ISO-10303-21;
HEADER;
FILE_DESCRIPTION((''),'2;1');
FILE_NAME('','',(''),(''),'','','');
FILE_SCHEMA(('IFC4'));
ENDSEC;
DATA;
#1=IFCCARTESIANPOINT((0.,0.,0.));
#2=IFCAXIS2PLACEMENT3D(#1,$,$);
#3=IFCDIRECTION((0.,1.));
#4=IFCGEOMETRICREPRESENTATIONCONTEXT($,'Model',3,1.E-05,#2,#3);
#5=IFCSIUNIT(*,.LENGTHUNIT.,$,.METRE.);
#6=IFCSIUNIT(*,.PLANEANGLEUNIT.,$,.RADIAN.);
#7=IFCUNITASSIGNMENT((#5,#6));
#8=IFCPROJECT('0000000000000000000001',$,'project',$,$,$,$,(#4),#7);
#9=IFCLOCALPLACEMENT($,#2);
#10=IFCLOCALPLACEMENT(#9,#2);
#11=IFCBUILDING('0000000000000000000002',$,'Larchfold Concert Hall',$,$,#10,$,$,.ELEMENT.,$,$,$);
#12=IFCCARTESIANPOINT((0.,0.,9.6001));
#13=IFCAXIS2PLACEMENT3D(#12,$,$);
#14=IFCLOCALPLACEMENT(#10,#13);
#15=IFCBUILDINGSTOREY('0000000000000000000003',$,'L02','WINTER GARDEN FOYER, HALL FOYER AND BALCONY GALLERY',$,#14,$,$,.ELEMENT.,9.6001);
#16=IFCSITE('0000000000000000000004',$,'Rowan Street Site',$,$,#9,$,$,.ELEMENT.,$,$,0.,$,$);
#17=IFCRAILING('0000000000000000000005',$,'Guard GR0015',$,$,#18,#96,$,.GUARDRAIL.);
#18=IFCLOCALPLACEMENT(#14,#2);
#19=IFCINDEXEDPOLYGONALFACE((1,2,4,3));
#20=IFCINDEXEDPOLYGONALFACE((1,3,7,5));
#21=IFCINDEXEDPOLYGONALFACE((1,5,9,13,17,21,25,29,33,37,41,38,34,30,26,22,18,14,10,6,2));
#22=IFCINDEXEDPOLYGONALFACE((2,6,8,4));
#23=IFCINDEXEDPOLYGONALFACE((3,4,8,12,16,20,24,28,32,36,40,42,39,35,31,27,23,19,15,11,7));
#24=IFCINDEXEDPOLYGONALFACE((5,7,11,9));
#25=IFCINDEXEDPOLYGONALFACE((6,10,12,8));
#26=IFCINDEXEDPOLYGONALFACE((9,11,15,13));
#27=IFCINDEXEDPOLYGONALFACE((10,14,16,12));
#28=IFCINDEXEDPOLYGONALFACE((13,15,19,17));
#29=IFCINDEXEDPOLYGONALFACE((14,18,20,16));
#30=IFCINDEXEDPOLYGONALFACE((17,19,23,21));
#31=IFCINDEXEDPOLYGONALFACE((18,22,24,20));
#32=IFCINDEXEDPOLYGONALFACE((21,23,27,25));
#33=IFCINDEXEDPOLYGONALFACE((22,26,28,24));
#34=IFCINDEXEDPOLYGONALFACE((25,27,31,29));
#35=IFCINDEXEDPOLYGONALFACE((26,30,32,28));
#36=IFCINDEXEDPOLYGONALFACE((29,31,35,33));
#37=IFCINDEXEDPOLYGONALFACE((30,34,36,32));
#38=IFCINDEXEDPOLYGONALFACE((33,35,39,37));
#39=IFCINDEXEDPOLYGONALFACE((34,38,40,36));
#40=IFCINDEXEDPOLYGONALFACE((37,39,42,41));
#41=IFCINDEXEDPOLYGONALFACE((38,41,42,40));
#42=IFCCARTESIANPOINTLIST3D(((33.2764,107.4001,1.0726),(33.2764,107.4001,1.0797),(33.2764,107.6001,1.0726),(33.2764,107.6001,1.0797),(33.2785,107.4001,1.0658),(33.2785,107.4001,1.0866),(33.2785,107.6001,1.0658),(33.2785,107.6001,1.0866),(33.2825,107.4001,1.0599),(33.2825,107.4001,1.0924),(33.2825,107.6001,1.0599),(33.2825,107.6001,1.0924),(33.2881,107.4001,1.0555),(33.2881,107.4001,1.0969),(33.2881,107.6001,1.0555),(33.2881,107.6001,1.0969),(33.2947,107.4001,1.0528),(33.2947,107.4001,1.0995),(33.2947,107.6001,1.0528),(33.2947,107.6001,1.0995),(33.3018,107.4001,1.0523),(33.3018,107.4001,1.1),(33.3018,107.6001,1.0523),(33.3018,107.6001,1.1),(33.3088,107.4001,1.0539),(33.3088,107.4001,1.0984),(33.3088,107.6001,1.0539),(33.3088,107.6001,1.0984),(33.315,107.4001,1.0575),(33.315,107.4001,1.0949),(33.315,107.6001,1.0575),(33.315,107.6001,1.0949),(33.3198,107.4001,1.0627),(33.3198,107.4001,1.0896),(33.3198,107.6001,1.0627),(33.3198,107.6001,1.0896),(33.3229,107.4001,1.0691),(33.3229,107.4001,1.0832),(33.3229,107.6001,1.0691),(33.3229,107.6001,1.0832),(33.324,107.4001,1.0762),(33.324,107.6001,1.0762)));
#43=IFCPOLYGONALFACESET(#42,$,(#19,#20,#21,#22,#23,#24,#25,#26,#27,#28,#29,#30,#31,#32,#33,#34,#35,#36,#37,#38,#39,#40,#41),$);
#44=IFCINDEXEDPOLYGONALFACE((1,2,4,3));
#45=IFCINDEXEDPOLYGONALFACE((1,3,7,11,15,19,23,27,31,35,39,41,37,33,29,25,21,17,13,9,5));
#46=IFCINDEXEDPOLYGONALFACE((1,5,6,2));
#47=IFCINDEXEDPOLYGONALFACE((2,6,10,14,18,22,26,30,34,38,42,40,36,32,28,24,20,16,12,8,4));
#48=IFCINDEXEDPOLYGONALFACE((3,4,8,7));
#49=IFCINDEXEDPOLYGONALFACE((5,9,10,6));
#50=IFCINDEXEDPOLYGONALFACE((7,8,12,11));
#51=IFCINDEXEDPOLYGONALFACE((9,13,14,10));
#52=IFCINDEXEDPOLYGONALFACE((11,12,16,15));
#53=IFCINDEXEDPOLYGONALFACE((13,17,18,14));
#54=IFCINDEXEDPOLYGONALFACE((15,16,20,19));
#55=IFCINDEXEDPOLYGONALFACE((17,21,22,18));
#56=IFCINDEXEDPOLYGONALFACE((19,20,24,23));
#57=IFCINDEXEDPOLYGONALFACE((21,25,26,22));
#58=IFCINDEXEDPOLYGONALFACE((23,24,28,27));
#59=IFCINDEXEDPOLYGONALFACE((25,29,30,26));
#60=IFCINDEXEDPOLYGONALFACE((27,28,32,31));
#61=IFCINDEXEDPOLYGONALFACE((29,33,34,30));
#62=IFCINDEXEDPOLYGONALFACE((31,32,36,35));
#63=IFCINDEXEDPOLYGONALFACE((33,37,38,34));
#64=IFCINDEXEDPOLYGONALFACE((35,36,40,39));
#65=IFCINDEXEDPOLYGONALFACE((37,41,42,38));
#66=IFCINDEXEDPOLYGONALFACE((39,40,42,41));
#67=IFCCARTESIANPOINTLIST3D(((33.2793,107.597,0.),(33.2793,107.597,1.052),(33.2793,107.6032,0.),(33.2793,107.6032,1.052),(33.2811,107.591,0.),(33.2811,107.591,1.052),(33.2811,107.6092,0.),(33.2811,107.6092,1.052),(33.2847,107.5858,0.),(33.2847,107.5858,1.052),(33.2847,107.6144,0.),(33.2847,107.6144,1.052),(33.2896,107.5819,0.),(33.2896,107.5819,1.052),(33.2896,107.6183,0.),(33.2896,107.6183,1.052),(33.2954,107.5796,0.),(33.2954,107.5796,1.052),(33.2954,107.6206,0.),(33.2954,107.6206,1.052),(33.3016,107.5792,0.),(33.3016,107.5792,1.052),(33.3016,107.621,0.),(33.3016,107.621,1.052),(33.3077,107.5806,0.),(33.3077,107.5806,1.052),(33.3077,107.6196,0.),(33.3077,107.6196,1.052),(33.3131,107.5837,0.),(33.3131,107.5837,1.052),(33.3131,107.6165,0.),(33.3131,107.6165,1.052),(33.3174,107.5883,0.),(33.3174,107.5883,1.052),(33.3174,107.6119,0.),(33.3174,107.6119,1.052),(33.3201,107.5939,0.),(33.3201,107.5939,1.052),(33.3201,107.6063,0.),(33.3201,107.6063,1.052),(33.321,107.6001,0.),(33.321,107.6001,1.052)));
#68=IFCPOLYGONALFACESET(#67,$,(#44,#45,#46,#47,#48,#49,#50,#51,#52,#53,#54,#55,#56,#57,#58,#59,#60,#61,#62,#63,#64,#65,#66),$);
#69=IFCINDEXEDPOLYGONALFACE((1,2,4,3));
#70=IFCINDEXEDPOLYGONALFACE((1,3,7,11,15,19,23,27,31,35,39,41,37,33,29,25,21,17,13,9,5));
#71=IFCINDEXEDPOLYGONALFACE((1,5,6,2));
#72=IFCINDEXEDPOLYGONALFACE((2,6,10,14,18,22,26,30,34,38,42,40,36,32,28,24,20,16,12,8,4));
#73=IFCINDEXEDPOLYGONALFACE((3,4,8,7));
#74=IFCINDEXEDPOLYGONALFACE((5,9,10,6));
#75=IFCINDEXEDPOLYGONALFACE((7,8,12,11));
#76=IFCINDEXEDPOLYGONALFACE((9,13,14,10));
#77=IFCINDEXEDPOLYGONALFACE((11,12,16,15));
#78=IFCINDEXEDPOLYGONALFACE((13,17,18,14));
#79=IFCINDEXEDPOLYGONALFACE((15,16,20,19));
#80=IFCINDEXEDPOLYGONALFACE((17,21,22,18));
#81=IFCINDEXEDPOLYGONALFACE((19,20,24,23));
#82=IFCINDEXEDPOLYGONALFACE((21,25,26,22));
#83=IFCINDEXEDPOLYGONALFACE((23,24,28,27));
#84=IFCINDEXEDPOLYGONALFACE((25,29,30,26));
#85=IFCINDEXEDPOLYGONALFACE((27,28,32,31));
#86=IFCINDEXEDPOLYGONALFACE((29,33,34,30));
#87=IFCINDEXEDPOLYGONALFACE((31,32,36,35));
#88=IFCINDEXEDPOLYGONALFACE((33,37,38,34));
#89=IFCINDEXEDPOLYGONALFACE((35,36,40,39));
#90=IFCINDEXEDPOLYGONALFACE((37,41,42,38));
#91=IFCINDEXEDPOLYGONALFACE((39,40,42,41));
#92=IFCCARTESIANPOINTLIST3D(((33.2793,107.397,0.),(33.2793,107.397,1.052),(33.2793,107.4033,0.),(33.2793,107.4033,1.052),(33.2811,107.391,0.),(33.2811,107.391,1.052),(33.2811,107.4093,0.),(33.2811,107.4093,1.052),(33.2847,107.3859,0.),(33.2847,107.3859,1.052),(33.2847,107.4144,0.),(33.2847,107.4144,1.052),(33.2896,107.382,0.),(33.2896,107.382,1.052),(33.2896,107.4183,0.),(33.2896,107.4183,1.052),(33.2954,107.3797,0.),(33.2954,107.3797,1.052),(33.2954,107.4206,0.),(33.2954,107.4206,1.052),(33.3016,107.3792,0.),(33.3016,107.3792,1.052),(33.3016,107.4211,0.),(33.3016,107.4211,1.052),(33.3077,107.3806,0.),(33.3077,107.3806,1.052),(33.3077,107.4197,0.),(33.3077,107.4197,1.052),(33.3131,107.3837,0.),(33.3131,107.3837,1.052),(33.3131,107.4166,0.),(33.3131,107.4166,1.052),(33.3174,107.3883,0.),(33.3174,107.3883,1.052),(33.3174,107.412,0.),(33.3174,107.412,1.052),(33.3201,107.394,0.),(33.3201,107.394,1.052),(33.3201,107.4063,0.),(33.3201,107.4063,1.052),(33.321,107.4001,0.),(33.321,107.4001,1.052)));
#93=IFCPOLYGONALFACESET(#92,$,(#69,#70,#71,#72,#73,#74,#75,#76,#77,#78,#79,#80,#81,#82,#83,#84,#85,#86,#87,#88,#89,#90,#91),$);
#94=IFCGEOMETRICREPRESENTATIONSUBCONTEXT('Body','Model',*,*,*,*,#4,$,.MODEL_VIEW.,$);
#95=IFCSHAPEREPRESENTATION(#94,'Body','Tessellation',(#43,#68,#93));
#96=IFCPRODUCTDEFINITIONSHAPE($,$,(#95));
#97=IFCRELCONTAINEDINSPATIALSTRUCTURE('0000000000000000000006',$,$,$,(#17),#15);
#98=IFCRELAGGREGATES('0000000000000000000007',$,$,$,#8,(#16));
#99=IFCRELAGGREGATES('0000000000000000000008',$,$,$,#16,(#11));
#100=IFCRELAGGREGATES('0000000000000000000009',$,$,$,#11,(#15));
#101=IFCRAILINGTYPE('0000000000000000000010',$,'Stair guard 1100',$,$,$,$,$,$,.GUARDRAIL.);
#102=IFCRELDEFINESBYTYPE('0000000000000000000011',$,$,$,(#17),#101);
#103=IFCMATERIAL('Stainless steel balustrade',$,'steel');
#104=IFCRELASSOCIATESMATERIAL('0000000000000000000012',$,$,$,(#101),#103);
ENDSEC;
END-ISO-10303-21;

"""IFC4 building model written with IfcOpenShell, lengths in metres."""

from ifc_helpers import new_model, si_unit, direction, frame, origin, origin_2d, place, context, subcontext, project, spatial, circle, extrude, material, type_object, element, save


model = new_model("IFC4")

# Units and contexts
model_context = context("Model", 3, precision=1e-05, world=origin(), true_north=direction((0.0, 1.0)))
body_context = subcontext(model_context, "Body", "Model", "MODEL_VIEW")
ifc_project = project(units=[si_unit("LENGTHUNIT", "METRE"), si_unit("PLANEANGLEUNIT", "RADIAN")], contexts=[model_context])

# Site, building, storey
site_placement = place(None, origin())
site = spatial("IfcSite", under=ifc_project, at=site_placement, Name="Rowan Street Site", CompositionType="ELEMENT", RefElevation=0.0)
building_placement = place(site_placement, origin())
building = spatial("IfcBuilding", under=site, at=building_placement, Name="Larchfold Concert Hall", CompositionType="ELEMENT")
storey_placement = place(building_placement, frame((0.0, 0.0, 9.6001)))
storey = spatial("IfcBuildingStorey", under=building, at=storey_placement, Name="L02", Description="WINTER GARDEN FOYER, HALL FOYER AND BALCONY GALLERY", CompositionType="ELEMENT", Elevation=9.6001)

# Railing
ifc_material_1 = material(Name="Stainless steel balustrade", Category="steel")
railing_type_1 = type_object("IfcRailingType", Name="Stair guard 1100", PredefinedType="GUARDRAIL", material=ifc_material_1)
railing_1_placement = place(storey_placement, frame((33.3, 107.6001, 0.0)))
element("IfcRailing", 1, at=railing_1_placement, inside=storey, type_object=railing_type_1, Name="Guard GR0015", PredefinedType="GUARDRAIL", context=body_context, shape_type="SweptSolid", body=[
    extrude(circle(Radius=0.0239, at=origin_2d()), frame((0.0, 0.0, 1.0762), z_axis=(0.0, -1.0, 0.0), x_axis=(1.0, 0.0, 0.0)), (0.0, 0.0, 1.0), 0.2),
    extrude(circle(Radius=0.021, at=origin_2d()), origin(), (0.0, 0.0, 1.0), 1.052),
    extrude(circle(Radius=0.021, at=origin_2d()), frame((0.0, -0.2, 0.0)), (0.0, 0.0, 1.0), 1.052),
])

save(model, "model.ifc")
